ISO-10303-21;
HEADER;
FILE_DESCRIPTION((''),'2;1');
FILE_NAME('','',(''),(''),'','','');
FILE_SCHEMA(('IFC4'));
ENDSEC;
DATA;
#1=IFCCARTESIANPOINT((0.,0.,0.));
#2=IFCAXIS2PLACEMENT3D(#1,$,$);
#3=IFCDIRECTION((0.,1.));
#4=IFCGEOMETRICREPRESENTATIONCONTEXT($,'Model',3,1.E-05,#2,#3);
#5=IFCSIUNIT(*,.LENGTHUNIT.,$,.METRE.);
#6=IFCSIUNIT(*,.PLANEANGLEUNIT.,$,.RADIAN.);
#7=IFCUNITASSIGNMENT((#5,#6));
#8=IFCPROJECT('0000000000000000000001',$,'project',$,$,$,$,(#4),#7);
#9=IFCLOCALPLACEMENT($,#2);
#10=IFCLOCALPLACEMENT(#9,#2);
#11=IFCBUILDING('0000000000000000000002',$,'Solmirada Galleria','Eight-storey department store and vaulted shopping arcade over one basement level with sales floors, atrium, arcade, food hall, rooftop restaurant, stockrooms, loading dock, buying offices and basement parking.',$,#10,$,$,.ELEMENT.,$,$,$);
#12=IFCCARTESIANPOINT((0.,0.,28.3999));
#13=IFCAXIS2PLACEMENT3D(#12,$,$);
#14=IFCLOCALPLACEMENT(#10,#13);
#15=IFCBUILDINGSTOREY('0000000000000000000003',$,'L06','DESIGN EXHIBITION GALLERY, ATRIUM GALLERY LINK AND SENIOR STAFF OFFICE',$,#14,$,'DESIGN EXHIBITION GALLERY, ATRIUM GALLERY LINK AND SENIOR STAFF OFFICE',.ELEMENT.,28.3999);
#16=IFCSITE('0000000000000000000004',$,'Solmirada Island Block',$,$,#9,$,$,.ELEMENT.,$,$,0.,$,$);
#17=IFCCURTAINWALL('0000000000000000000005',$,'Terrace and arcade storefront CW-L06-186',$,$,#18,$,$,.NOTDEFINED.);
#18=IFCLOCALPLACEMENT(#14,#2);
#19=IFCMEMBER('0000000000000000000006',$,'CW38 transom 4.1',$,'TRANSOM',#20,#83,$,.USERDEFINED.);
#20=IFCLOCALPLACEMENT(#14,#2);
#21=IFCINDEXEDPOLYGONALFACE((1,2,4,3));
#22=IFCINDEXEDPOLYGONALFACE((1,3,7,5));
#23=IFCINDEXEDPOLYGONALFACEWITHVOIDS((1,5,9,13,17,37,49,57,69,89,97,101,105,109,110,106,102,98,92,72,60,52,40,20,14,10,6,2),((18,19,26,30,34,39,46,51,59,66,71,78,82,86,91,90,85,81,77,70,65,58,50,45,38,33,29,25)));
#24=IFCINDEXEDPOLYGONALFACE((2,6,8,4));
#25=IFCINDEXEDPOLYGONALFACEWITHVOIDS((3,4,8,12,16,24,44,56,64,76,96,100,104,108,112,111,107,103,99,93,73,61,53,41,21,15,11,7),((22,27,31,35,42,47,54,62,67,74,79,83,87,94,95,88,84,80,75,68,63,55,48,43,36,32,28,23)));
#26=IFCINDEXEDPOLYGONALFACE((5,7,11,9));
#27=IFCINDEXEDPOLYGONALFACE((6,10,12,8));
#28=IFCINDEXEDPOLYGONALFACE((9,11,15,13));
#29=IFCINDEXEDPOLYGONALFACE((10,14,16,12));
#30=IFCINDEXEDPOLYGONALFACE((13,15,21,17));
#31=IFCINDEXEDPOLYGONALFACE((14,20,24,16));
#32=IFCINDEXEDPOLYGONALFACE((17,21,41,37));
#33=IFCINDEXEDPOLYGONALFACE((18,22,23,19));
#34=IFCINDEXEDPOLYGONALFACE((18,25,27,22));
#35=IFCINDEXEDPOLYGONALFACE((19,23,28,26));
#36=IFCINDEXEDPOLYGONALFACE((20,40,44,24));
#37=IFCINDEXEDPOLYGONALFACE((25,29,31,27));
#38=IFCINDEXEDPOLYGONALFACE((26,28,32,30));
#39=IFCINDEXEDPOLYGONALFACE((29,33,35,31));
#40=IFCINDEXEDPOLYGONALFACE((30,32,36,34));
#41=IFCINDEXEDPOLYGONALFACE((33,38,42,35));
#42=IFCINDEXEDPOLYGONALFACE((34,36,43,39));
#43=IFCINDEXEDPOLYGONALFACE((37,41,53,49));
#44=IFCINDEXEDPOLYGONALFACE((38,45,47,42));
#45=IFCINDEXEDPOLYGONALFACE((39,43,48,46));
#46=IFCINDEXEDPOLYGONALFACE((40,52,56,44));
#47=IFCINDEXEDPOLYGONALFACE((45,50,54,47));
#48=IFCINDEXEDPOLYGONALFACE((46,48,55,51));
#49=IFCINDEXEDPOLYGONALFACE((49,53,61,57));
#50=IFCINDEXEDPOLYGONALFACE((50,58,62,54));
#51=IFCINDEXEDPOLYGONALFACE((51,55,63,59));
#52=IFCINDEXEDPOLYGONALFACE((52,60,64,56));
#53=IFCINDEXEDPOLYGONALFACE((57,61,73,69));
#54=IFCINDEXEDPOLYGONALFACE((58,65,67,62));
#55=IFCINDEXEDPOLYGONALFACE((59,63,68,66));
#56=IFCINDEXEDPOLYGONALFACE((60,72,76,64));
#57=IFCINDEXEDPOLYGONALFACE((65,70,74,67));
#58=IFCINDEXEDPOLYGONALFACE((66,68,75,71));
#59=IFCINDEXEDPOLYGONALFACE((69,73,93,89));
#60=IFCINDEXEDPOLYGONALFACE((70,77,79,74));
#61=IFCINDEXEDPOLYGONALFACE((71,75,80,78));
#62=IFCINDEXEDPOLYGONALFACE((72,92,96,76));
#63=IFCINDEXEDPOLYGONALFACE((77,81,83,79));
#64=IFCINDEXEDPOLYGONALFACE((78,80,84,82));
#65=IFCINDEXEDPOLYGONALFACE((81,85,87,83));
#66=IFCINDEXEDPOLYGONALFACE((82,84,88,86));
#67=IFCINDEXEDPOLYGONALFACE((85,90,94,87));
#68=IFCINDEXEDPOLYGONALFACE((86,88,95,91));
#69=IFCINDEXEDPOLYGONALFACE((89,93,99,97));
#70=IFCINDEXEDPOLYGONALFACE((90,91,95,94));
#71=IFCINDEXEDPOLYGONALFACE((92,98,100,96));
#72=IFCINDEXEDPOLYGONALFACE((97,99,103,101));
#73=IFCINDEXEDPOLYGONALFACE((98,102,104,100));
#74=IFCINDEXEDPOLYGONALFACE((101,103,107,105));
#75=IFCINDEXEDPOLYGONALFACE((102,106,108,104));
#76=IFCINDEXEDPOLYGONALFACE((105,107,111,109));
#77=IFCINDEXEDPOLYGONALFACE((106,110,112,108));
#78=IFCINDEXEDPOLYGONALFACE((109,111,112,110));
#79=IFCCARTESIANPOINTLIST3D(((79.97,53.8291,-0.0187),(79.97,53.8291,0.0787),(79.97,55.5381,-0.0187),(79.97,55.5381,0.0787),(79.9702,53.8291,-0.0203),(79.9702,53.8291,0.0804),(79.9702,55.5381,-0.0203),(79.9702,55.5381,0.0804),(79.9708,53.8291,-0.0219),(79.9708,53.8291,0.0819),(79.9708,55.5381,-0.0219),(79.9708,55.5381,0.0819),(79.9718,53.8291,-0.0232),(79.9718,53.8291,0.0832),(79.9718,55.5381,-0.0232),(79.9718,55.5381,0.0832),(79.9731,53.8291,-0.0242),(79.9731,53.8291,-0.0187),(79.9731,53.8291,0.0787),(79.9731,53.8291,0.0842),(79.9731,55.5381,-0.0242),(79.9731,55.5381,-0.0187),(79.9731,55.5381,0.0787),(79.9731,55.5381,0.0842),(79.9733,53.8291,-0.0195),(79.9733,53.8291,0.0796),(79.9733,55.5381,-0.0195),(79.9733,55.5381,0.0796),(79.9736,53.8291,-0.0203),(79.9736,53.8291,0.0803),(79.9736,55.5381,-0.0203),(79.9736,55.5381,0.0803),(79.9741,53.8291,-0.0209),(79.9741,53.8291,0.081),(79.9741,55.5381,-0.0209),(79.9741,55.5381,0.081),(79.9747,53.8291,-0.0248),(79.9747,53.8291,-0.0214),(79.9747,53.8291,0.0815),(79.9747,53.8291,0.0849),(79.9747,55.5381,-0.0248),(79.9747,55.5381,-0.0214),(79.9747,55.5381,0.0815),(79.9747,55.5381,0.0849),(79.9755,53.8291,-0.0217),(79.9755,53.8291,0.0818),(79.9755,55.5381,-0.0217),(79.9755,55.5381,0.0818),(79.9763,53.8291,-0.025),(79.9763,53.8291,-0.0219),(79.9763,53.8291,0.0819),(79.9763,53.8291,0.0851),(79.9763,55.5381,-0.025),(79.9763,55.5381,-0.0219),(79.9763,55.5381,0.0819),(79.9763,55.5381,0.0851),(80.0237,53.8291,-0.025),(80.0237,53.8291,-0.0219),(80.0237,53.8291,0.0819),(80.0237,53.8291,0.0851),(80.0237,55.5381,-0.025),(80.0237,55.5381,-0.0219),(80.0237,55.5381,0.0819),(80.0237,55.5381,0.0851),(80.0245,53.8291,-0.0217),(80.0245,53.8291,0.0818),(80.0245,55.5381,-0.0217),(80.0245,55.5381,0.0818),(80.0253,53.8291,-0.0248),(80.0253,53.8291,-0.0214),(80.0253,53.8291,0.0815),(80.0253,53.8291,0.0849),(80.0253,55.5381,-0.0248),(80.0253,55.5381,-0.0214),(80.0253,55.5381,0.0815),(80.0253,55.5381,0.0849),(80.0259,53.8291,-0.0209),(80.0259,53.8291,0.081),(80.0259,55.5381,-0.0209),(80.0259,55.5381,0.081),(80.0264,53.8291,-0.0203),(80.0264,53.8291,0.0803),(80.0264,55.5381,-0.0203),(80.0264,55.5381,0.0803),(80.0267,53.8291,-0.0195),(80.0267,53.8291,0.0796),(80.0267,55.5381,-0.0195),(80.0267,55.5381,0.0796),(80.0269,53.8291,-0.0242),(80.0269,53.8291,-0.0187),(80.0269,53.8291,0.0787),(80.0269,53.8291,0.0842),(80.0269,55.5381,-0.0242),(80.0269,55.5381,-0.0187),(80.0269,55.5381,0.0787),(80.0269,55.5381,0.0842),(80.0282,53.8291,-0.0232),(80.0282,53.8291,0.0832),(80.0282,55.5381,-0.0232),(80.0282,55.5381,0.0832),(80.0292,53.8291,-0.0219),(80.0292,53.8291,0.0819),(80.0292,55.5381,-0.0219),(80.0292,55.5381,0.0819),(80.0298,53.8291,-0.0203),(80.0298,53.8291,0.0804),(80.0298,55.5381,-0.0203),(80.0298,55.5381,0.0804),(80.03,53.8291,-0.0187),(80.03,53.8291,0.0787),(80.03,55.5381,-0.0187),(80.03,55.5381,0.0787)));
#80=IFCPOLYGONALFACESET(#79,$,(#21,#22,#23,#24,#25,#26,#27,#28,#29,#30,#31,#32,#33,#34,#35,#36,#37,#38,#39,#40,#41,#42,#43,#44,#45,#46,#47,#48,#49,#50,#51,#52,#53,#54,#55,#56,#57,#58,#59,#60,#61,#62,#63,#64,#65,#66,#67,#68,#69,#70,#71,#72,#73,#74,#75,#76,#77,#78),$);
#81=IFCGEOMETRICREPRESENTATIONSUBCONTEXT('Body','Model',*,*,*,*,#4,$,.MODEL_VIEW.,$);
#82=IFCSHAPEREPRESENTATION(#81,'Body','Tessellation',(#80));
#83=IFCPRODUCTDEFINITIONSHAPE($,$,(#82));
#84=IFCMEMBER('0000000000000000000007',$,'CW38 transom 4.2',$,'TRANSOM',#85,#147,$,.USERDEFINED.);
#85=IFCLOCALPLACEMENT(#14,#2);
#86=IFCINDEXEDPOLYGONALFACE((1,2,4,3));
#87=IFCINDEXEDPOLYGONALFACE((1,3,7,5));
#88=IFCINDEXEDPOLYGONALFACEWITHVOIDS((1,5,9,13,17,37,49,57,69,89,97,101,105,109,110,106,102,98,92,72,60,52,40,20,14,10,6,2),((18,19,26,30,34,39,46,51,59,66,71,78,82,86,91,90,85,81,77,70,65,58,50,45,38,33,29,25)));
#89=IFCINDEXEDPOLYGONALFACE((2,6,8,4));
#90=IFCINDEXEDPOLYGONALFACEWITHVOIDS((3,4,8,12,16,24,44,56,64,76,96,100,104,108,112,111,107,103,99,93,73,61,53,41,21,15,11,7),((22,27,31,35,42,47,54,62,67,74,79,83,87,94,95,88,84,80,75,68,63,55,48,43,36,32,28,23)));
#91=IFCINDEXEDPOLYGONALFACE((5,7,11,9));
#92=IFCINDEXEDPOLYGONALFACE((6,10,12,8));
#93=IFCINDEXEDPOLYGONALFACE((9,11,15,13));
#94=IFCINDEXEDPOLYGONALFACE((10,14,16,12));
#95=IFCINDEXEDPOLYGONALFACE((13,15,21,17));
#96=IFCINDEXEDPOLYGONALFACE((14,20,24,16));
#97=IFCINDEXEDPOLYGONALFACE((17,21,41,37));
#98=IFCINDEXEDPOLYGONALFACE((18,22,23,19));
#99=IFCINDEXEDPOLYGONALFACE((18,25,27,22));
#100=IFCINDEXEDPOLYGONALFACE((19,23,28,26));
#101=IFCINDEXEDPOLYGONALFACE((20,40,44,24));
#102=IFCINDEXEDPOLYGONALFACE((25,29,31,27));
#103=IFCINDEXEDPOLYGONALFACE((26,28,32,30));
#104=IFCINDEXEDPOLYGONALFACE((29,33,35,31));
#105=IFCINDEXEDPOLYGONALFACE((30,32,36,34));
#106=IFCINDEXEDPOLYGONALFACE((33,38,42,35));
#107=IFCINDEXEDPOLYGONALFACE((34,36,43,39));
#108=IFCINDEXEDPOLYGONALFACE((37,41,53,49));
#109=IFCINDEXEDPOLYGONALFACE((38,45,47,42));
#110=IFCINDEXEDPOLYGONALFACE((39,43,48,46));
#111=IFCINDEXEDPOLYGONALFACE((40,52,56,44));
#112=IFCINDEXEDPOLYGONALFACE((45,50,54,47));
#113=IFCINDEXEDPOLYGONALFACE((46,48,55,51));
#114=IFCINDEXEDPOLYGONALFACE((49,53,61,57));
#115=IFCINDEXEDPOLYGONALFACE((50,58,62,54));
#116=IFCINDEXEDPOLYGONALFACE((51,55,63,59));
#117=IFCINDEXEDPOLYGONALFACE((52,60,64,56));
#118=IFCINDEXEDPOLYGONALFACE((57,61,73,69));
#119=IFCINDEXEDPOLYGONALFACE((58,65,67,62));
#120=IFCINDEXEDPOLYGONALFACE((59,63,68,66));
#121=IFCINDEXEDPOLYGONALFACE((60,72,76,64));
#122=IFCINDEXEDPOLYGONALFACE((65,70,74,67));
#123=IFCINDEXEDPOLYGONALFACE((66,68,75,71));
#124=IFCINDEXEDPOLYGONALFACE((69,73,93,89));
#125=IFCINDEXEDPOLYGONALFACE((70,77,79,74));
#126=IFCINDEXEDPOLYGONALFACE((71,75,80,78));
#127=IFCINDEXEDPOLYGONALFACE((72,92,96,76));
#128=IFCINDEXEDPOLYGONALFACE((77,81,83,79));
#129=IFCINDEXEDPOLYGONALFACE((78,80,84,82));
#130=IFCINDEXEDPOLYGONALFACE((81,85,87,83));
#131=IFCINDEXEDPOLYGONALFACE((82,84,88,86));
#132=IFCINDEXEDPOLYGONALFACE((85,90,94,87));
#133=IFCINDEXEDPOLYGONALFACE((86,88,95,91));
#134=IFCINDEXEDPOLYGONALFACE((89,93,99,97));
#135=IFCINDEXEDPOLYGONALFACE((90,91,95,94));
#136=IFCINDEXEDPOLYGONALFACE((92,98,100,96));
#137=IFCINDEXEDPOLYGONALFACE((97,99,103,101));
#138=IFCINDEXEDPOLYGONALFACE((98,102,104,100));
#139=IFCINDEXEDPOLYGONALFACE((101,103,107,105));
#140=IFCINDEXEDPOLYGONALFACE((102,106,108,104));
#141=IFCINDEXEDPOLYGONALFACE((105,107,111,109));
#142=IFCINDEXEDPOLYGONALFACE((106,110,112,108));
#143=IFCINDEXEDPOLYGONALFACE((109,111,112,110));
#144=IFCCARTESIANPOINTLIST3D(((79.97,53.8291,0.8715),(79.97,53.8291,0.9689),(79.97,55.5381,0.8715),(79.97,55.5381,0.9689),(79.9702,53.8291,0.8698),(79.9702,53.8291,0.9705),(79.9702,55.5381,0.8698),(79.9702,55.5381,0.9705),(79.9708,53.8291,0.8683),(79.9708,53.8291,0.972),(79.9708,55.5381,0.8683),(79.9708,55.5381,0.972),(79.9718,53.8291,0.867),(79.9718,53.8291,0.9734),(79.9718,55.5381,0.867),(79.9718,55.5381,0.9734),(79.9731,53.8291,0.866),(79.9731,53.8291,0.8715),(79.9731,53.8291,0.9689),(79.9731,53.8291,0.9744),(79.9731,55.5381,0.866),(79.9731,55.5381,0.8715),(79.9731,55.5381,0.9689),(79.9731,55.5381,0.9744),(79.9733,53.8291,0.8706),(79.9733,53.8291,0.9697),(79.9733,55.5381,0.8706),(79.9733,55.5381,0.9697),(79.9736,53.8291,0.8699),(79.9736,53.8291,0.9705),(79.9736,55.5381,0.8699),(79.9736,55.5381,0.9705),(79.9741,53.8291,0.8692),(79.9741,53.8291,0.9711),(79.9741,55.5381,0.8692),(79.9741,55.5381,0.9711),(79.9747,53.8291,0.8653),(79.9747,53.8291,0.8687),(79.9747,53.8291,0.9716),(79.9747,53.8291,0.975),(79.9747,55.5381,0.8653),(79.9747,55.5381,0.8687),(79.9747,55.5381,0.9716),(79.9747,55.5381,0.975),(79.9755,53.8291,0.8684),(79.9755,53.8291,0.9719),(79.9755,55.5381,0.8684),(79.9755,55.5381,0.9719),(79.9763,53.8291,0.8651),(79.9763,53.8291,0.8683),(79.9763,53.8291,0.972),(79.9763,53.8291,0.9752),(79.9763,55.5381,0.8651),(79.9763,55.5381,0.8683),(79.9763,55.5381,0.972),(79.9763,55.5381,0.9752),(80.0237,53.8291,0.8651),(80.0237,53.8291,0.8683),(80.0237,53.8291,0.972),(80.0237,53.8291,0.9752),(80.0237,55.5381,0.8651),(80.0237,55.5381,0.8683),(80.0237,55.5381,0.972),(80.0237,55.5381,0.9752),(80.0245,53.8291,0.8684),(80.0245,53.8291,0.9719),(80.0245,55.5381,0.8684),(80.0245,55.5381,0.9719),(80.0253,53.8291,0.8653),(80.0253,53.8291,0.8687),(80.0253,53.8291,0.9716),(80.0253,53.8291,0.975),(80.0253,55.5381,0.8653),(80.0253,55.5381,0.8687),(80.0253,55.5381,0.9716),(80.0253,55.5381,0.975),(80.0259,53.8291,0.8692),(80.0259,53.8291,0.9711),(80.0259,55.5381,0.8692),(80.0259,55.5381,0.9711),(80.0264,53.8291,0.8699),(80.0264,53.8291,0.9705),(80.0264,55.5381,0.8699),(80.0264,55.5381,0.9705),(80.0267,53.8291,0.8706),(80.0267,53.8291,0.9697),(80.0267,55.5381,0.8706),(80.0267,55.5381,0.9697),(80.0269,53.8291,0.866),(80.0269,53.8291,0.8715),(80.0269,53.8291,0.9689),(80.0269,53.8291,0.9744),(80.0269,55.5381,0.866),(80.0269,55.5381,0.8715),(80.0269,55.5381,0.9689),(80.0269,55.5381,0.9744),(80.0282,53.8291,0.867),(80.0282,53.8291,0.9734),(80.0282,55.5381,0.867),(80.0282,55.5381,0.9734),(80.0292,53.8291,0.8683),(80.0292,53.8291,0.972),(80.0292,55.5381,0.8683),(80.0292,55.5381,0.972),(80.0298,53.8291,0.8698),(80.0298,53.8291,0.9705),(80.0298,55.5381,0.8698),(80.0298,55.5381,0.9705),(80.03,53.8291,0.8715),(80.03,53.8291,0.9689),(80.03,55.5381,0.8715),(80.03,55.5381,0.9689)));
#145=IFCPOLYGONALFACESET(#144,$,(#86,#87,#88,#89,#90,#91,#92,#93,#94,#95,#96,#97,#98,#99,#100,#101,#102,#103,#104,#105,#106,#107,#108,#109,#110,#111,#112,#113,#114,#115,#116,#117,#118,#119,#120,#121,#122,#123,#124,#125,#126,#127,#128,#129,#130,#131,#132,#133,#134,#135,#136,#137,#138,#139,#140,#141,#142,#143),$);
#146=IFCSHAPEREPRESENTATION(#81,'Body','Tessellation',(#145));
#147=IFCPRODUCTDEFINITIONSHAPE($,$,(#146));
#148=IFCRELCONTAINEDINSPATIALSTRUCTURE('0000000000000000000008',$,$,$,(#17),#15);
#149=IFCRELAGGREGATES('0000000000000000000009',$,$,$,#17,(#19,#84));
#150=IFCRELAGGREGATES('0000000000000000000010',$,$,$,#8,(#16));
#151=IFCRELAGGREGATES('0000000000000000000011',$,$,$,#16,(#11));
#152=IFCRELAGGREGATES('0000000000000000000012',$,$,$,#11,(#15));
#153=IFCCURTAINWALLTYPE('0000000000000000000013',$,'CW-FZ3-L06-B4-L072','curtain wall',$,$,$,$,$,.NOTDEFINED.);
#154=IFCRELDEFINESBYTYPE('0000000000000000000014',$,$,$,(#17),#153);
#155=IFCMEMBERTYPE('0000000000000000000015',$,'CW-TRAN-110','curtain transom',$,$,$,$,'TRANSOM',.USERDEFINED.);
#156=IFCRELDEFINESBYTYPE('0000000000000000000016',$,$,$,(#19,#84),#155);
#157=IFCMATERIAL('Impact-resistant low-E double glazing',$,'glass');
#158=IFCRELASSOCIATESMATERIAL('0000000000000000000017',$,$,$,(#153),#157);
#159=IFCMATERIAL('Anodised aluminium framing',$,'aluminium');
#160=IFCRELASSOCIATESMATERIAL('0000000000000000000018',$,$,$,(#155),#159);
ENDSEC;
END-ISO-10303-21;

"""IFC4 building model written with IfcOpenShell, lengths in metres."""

from ifc_helpers import new_model, si_unit, direction, frame, origin, origin_2d, place, context, subcontext, project, spatial, hollow_rectangle, extrude, material, material_profile, profile_set, type_object, element, aggregate, save


model = new_model("IFC4")

# Units and contexts
model_context = context("Model", 3, precision=1e-05, world=origin(), true_north=direction((0.0, 1.0)))
body_context = subcontext(model_context, "Body", "Model", "MODEL_VIEW")
ifc_project = project(units=[si_unit("LENGTHUNIT", "METRE"), si_unit("PLANEANGLEUNIT", "RADIAN")], contexts=[model_context])

# Site, building, storey
site_placement = place(None, origin())
site = spatial("IfcSite", under=ifc_project, at=site_placement, Name="Solmirada Island Block", CompositionType="ELEMENT", RefElevation=0.0)
building_placement = place(site_placement, origin())
building = spatial("IfcBuilding", under=site, at=building_placement, Name="Solmirada Galleria", Description="Eight-storey department store and vaulted shopping arcade over one basement level with sales floors, atrium, arcade, food hall, rooftop restaurant, stockrooms, loading dock, buying offices and basement parking.", CompositionType="ELEMENT")
storey_placement = place(building_placement, frame((0.0, 0.0, 28.3999)))
storey = spatial("IfcBuildingStorey", under=building, at=storey_placement, Name="L06", Description="DESIGN EXHIBITION GALLERY, ATRIUM GALLERY LINK AND SENIOR STAFF OFFICE", LongName="DESIGN EXHIBITION GALLERY, ATRIUM GALLERY LINK AND SENIOR STAFF OFFICE", CompositionType="ELEMENT", Elevation=28.3999)

# Curtain wall, members
ifc_material_1 = material(Name="Impact-resistant low-E double glazing", Category="glass")
curtain_wall_type = type_object("IfcCurtainWallType", Name="CW-FZ3-L06-B4-L072", Description="curtain wall", PredefinedType="NOTDEFINED", material=ifc_material_1)
curtain_wall_placement = place(storey_placement, origin())
curtain_wall = element("IfcCurtainWall", 1, at=curtain_wall_placement, inside=storey, type_object=curtain_wall_type, Name="Terrace and arcade storefront CW-L06-186", PredefinedType="NOTDEFINED")
ifc_material_2 = material(Name="Anodised aluminium framing", Category="aluminium")
ifc_material_profile_1 = material_profile(ifc_material_2, hollow_rectangle(XDim=0.0601, YDim=0.1101, WallThickness=0.0032, InnerFilletRadius=0.0032, OuterFilletRadius=0.0063, at=origin_2d()), Name="ALU-TRAN-110X60")
ifc_profile_set_1 = profile_set([ifc_material_profile_1], Name="Anodised aluminium framing")
member_type_1 = type_object("IfcMemberType", Name="CW-TRAN-110", Description="curtain transom", ElementType="TRANSOM", PredefinedType="USERDEFINED", material=ifc_profile_set_1)
member_1_placement = place(storey_placement, frame((80.0, 53.8291, 0.03), z_axis=(0.0, 1.0, 0.0), x_axis=(-1.0, 0.0, 0.0)))
member_1 = element("IfcMember", 2, at=member_1_placement, type_object=member_type_1, Name="CW38 transom 4.1", ObjectType="TRANSOM", PredefinedType="USERDEFINED", context=body_context, shape_type="SweptSolid", body=[
    extrude(hollow_rectangle(XDim=0.0601, YDim=0.1101, WallThickness=0.0032, InnerFilletRadius=0.0032, OuterFilletRadius=0.0063, at=origin_2d()), origin(), (0.0, 0.0, 1.0), 1.709),
])
member_2_placement = place(storey_placement, frame((80.0, 53.8291, 0.9202), z_axis=(0.0, 1.0, 0.0), x_axis=(-1.0, 0.0, 0.0)))
member_2 = element("IfcMember", 3, at=member_2_placement, type_object=member_type_1, Name="CW38 transom 4.2", ObjectType="TRANSOM", PredefinedType="USERDEFINED", context=body_context, shape_type="SweptSolid", body=[
    extrude(hollow_rectangle(XDim=0.0601, YDim=0.1101, WallThickness=0.0032, InnerFilletRadius=0.0032, OuterFilletRadius=0.0063, at=origin_2d()), origin(), (0.0, 0.0, 1.0), 1.709),
])
aggregate(curtain_wall, [member_1, member_2])

save(model, "model.ifc")
